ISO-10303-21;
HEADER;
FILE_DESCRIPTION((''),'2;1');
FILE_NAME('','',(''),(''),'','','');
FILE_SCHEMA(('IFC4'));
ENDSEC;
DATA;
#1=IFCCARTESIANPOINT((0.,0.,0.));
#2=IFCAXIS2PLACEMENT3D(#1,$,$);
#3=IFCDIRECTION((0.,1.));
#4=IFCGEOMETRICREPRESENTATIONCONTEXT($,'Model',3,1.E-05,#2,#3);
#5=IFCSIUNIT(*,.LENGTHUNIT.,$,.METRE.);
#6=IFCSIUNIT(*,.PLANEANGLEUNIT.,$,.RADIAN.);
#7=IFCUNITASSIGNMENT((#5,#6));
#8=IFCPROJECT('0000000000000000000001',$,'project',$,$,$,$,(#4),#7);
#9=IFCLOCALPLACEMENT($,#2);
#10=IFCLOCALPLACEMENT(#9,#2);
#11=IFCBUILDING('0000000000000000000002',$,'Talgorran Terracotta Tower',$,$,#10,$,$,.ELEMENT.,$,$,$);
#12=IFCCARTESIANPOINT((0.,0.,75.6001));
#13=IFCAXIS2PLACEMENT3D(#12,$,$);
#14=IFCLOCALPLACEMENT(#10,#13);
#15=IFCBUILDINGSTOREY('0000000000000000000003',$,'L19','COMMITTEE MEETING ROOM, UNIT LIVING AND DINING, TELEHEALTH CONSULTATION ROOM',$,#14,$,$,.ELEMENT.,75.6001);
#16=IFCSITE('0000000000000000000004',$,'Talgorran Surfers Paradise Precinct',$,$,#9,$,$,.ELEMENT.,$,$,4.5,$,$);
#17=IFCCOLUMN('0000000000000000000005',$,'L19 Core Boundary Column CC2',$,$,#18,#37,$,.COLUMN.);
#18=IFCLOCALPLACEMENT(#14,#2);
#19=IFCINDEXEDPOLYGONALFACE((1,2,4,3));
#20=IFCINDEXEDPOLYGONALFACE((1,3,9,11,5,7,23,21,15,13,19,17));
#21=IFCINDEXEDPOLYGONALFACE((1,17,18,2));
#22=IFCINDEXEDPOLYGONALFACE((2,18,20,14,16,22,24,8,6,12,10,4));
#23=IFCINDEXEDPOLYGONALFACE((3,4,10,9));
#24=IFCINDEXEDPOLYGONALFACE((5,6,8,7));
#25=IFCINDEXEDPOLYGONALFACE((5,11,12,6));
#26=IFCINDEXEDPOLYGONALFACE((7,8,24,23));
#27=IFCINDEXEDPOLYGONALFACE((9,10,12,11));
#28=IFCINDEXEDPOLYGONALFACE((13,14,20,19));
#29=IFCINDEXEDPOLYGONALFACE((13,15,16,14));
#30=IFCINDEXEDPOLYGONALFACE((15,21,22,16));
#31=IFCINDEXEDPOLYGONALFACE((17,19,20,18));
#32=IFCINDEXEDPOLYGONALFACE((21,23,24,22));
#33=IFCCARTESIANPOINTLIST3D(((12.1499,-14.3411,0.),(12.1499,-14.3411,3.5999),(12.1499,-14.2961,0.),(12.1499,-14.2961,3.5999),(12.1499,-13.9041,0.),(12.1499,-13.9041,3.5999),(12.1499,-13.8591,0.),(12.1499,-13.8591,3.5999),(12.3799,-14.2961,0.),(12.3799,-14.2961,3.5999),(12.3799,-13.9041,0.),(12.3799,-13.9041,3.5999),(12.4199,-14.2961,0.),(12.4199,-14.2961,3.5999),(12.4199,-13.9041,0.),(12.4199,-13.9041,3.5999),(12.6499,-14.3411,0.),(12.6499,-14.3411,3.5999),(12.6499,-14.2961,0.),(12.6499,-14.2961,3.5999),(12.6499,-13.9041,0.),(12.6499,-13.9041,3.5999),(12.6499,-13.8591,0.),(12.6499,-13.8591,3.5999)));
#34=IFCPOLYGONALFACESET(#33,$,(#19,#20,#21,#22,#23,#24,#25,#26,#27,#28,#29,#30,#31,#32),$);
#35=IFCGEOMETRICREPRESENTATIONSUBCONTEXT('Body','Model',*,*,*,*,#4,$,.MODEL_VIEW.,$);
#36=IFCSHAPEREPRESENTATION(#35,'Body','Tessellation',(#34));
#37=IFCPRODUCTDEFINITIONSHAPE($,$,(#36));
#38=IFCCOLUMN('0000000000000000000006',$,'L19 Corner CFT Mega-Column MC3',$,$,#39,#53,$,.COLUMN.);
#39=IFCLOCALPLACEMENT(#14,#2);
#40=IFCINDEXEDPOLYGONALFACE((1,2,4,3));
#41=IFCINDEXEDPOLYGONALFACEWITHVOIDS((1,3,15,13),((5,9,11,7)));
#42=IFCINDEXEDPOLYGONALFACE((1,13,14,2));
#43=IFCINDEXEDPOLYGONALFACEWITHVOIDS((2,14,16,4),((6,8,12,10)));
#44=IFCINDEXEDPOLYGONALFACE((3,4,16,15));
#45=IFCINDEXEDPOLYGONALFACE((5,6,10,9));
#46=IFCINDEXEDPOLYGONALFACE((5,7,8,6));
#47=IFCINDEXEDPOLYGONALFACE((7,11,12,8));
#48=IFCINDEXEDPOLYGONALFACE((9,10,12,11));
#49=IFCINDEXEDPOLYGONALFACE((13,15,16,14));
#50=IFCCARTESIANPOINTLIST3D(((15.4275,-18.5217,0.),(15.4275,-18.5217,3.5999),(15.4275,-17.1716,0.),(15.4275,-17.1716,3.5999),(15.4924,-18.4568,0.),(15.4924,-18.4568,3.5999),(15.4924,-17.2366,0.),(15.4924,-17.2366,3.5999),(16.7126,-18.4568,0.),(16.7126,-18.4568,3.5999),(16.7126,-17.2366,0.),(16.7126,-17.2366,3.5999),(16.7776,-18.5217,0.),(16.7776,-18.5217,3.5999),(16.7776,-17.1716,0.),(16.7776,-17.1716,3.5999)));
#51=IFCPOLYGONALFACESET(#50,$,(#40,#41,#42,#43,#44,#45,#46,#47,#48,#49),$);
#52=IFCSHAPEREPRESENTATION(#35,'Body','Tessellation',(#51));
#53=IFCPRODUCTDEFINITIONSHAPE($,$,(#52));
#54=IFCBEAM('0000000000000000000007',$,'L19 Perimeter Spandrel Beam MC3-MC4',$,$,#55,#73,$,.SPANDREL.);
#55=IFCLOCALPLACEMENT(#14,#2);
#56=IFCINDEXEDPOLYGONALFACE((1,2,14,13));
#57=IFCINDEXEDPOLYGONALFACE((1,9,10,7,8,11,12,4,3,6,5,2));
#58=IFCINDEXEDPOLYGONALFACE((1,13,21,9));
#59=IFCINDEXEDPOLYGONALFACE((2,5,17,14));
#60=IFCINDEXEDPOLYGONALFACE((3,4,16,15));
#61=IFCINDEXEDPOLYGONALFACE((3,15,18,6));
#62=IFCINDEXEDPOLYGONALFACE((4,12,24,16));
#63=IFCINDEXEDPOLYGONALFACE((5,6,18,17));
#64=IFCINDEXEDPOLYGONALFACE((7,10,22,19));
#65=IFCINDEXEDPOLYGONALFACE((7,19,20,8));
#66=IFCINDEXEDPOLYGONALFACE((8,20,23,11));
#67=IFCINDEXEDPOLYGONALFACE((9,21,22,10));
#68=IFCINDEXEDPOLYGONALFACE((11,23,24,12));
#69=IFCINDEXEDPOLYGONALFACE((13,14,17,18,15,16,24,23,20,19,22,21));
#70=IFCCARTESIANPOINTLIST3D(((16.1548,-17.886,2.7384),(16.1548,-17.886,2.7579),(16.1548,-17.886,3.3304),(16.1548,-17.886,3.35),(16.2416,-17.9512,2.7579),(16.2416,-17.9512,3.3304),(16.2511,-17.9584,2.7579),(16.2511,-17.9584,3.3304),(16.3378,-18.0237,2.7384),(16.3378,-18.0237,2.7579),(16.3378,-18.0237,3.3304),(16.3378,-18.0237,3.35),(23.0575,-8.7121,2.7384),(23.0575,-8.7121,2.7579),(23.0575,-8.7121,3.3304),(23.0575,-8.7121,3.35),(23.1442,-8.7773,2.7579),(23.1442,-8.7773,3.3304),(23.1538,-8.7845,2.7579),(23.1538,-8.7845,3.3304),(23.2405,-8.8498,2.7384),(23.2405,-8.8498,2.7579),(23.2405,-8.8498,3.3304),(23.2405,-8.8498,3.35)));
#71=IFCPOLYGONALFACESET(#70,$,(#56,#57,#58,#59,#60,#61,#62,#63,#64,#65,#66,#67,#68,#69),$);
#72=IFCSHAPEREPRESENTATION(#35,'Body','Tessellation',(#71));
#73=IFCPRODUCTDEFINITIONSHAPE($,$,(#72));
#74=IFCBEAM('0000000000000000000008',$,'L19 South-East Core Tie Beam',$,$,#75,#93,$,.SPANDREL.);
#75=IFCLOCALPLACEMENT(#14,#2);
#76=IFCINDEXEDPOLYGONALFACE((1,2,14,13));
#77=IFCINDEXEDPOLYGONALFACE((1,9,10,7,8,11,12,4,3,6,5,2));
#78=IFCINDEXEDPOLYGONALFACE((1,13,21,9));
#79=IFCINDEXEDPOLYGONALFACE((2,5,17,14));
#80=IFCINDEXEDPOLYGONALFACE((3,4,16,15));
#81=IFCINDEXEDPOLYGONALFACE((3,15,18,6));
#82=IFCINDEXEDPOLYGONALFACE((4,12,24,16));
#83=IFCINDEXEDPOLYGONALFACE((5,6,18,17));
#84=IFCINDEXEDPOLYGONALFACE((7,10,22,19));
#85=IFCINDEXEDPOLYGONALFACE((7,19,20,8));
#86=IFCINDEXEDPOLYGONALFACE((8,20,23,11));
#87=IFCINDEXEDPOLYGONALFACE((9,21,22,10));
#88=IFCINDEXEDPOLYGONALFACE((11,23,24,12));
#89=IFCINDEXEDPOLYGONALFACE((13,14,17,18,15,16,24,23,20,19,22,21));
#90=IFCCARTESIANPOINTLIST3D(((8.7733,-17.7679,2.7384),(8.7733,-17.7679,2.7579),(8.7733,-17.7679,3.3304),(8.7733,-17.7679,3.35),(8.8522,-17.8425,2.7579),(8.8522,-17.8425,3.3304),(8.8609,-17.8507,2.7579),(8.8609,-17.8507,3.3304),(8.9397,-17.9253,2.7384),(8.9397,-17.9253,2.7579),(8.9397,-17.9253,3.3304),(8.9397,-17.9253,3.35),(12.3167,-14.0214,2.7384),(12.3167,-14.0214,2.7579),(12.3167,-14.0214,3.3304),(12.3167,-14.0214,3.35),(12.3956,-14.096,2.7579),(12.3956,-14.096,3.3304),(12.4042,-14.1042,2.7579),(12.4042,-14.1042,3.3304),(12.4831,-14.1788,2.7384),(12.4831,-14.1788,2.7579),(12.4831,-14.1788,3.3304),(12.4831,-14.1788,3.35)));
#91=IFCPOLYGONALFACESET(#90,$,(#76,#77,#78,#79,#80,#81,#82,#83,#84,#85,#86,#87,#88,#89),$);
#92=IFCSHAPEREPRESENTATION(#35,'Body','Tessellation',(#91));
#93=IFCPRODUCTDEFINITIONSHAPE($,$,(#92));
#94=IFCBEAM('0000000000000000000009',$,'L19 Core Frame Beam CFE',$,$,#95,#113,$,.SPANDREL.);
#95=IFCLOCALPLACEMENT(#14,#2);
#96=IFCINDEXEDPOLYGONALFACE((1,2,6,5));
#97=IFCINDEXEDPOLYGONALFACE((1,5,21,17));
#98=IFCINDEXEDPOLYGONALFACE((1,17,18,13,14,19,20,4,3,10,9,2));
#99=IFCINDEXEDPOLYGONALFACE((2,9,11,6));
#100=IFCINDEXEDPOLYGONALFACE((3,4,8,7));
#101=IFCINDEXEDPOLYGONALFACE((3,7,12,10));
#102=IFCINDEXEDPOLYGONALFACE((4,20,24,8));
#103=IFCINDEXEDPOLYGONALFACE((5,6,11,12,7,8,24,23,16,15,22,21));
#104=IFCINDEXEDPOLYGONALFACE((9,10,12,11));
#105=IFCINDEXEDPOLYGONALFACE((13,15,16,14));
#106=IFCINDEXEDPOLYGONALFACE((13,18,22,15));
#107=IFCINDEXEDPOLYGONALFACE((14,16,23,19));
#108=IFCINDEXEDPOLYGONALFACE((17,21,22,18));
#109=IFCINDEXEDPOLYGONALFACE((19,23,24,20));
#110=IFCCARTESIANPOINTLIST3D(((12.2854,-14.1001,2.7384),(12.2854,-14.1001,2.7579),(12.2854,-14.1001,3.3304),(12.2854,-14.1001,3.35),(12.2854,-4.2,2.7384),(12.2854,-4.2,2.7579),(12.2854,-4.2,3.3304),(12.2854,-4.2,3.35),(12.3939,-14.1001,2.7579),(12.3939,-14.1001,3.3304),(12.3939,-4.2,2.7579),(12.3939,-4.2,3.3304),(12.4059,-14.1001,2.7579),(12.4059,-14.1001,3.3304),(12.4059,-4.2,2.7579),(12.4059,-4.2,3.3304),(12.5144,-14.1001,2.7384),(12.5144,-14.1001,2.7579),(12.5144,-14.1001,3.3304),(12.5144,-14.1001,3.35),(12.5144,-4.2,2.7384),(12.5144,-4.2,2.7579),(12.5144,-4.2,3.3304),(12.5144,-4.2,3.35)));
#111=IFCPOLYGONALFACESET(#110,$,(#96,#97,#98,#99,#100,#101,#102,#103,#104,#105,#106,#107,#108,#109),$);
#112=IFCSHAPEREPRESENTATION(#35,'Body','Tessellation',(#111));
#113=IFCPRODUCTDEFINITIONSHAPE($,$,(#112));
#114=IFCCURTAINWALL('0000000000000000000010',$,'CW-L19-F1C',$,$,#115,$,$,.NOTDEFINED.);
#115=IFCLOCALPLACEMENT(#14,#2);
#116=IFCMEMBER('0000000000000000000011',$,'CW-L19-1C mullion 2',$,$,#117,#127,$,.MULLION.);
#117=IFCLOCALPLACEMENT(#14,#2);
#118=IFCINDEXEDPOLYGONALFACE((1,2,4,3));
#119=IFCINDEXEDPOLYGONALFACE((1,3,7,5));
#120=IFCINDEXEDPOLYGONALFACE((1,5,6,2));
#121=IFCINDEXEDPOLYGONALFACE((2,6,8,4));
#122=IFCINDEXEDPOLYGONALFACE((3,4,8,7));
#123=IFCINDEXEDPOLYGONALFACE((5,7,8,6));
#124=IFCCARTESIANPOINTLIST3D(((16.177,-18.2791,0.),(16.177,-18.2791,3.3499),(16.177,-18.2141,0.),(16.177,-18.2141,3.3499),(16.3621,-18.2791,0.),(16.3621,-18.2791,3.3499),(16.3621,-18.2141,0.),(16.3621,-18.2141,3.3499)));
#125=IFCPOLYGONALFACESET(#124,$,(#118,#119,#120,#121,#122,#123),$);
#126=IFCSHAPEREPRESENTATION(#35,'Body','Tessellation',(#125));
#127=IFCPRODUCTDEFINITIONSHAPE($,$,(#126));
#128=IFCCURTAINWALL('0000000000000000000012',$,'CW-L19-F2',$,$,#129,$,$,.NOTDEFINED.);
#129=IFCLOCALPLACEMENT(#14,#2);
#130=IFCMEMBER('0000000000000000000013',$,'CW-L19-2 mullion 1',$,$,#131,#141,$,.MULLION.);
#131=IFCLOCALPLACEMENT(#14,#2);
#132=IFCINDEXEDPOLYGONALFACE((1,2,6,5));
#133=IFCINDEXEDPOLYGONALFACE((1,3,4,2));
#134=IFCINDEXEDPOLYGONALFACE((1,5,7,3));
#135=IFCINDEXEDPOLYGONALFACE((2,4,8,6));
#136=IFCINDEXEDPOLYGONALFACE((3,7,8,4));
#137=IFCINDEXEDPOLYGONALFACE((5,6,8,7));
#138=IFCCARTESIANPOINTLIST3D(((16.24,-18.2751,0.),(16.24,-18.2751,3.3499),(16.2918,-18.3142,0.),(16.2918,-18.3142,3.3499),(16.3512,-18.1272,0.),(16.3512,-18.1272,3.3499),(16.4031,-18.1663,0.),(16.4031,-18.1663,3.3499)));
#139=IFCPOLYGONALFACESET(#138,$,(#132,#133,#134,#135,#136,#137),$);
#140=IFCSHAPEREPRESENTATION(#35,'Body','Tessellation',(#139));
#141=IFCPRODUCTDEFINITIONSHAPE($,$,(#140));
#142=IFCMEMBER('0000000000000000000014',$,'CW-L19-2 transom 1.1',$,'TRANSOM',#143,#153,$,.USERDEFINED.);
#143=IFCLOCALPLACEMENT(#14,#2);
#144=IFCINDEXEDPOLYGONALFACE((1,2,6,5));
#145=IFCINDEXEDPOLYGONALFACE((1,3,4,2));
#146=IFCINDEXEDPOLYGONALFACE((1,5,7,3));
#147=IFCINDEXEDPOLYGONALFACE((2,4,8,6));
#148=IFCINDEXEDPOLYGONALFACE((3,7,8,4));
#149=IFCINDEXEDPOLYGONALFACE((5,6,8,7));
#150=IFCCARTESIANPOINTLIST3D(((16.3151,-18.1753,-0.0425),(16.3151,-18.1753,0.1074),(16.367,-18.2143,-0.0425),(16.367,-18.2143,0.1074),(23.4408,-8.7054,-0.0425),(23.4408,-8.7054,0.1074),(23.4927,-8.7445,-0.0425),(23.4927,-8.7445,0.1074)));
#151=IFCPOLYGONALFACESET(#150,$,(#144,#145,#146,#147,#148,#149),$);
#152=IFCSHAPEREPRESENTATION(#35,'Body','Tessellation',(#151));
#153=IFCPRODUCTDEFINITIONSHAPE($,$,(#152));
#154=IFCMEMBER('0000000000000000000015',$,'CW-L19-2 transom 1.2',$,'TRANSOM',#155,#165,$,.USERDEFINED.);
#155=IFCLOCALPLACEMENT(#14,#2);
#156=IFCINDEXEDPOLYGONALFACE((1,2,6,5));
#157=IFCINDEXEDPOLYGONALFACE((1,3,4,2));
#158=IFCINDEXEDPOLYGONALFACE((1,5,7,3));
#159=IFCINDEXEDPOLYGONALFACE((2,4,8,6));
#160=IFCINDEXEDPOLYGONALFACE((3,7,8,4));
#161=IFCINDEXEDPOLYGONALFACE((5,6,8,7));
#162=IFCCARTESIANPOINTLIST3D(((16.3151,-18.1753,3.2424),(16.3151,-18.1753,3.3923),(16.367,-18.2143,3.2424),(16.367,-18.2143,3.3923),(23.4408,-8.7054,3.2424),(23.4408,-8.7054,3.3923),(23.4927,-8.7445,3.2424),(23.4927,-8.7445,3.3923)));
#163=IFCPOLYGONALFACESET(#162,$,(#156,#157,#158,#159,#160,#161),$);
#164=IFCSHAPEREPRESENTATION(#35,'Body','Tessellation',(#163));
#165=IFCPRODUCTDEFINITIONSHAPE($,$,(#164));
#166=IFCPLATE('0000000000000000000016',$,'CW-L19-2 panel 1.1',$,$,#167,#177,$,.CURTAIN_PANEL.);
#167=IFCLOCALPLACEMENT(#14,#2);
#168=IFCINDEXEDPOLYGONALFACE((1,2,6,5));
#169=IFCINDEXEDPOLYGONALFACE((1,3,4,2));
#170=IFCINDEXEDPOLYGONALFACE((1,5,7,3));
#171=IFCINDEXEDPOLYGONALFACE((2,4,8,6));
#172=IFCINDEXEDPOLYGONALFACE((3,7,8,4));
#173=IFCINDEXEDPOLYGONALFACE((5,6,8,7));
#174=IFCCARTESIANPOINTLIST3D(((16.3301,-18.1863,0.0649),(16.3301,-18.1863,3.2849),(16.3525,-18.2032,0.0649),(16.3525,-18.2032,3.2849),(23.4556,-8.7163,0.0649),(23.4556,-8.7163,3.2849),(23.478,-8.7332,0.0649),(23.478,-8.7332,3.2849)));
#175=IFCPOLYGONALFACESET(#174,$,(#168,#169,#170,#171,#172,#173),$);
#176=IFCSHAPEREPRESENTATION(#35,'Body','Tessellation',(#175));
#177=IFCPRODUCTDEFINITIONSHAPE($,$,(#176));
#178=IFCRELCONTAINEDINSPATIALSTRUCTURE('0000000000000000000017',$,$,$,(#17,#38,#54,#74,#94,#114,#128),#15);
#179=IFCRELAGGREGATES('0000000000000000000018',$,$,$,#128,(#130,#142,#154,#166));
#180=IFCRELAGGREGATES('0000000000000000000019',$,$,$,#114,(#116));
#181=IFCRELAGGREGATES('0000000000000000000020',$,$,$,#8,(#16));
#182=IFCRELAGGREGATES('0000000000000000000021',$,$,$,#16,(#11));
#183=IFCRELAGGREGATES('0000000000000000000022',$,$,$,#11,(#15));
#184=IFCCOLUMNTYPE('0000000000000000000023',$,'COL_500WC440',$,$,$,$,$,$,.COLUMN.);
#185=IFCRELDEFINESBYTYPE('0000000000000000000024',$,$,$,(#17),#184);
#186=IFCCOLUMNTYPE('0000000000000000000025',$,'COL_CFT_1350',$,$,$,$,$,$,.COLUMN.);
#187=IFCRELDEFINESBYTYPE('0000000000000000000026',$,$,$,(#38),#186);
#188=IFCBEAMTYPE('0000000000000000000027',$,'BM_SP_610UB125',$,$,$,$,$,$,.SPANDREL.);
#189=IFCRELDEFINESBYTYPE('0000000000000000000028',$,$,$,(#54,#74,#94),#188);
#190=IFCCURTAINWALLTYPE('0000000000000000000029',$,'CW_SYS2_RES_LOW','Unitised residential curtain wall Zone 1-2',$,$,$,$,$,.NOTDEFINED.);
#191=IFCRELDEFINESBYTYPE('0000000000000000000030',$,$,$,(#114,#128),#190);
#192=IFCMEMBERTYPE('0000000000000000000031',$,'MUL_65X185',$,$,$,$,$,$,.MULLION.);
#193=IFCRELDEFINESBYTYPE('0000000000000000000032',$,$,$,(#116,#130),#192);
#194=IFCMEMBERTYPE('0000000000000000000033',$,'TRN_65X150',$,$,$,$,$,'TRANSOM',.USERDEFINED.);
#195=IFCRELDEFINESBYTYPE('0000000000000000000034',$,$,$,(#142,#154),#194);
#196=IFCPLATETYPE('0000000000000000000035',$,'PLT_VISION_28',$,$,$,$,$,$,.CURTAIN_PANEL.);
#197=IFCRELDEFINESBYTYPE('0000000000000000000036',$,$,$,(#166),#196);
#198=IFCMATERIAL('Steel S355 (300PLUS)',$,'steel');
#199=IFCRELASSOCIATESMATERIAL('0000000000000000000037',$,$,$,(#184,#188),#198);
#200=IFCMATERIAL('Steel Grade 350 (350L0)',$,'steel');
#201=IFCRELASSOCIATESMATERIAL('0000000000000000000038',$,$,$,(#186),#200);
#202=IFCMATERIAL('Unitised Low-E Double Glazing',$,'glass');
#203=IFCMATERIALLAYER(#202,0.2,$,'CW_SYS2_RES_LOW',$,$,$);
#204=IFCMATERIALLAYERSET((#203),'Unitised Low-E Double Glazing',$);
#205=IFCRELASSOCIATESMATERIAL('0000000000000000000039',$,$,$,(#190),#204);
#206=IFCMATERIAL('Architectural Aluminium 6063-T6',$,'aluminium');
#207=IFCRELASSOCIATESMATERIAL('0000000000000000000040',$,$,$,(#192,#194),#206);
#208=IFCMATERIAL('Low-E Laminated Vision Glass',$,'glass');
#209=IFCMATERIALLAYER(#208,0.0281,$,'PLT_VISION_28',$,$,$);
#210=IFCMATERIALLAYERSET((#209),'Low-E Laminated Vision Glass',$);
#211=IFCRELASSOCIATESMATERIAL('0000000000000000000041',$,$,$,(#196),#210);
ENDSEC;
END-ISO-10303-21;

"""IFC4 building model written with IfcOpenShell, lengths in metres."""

from ifc_helpers import new_model, si_unit, direction, frame, origin, origin_2d, place, context, subcontext, project, spatial, rectangle, hollow_rectangle, i_section, extrude, source, transform, mapped, material, layer, layer_set, material_profile, profile_set, type_object, element, aggregate, save


model = new_model("IFC4")

# Units and contexts
model_context = context("Model", 3, precision=1e-05, world=origin(), true_north=direction((0.0, 1.0)))
body_context = subcontext(model_context, "Body", "Model", "MODEL_VIEW")
ifc_project = project(units=[si_unit("LENGTHUNIT", "METRE"), si_unit("PLANEANGLEUNIT", "RADIAN")], contexts=[model_context])

# Site, building, storey
site_placement = place(None, origin())
site = spatial("IfcSite", under=ifc_project, at=site_placement, Name="Talgorran Surfers Paradise Precinct", CompositionType="ELEMENT", RefElevation=4.5)
building_placement = place(site_placement, origin())
building = spatial("IfcBuilding", under=site, at=building_placement, Name="Talgorran Terracotta Tower", CompositionType="ELEMENT")
storey_placement = place(building_placement, frame((0.0, 0.0, 75.6001)))
storey = spatial("IfcBuildingStorey", under=building, at=storey_placement, Name="L19", Description="COMMITTEE MEETING ROOM, UNIT LIVING AND DINING, TELEHEALTH CONSULTATION ROOM", CompositionType="ELEMENT", Elevation=75.6001)

# Columns
ifc_material_1 = material(Name="Steel S355 (300PLUS)", Category="steel")
ifc_material_profile_1 = material_profile(ifc_material_1, i_section(OverallWidth=0.5, OverallDepth=0.4819, WebThickness=0.04, FlangeThickness=0.0449, at=origin_2d()), Name="500WC440")
ifc_profile_set_1 = profile_set([ifc_material_profile_1], Name="Steel S355 (300PLUS)")
column_type_1 = type_object("IfcColumnType", Name="COL_500WC440", PredefinedType="COLUMN", material=ifc_profile_set_1)
column_1_placement = place(storey_placement, frame((12.3999, -14.1001, 0.0), z_axis=(0.0, 0.0, 1.0), x_axis=(1.0, 0.0, 0.0)))
element("IfcColumn", 1, at=column_1_placement, inside=storey, type_object=column_type_1, Name="L19 Core Boundary Column CC2", PredefinedType="COLUMN", context=body_context, shape_type="SweptSolid", body=[
    extrude(i_section(OverallWidth=0.5, OverallDepth=0.4819, WebThickness=0.04, FlangeThickness=0.0449, at=origin_2d()), origin(), (0.0, 0.0, 1.0), 3.5999),
])
ifc_material_2 = material(Name="Steel Grade 350 (350L0)", Category="steel")
ifc_material_profile_2 = material_profile(ifc_material_2, hollow_rectangle(XDim=1.3501, YDim=1.3501, WallThickness=0.0649, at=origin_2d()), Name="CFT1350X1350X65")
ifc_profile_set_2 = profile_set([ifc_material_profile_2], Name="Steel Grade 350 (350L0)")
column_type_2 = type_object("IfcColumnType", Name="COL_CFT_1350", PredefinedType="COLUMN", material=ifc_profile_set_2)
column_2_placement = place(storey_placement, frame((16.1025, -17.8467, 0.0), z_axis=(0.0, 0.0, 1.0), x_axis=(1.0, 0.0, 0.0)))
element("IfcColumn", 2, at=column_2_placement, inside=storey, type_object=column_type_2, Name="L19 Corner CFT Mega-Column MC3", PredefinedType="COLUMN", context=body_context, shape_type="SweptSolid", body=[
    extrude(hollow_rectangle(XDim=1.3501, YDim=1.3501, WallThickness=0.0649, at=origin_2d()), origin(), (0.0, 0.0, 1.0), 3.5999),
])

# Beams
ifc_material_profile_3 = material_profile(ifc_material_1, i_section(OverallWidth=0.229, OverallDepth=0.6116, WebThickness=0.012, FlangeThickness=0.0195, at=origin_2d()), Name="610UB125")
ifc_profile_set_3 = profile_set([ifc_material_profile_3], Name="Steel S355 (300PLUS)")
beam_type = type_object("IfcBeamType", Name="BM_SP_610UB125", PredefinedType="SPANDREL", material=ifc_profile_set_3)
beam_1_placement = place(storey_placement, frame((16.2463, -17.9548, 3.0442), z_axis=(0.601238, 0.79907, 0.0), x_axis=(-0.79907, 0.601238, 0.0)))
element("IfcBeam", 3, at=beam_1_placement, inside=storey, type_object=beam_type, Name="L19 Perimeter Spandrel Beam MC3-MC4", PredefinedType="SPANDREL", context=body_context, shape_type="SweptSolid", body=[
    extrude(i_section(OverallWidth=0.229, OverallDepth=0.6116, WebThickness=0.012, FlangeThickness=0.0195, at=origin_2d()), origin(), (0.0, 0.0, 1.0), 11.4807),
])
beam_2_placement = place(storey_placement, frame((12.3999, -14.1001, 3.0442), z_axis=(-0.687138, -0.726527, 0.0), x_axis=(0.726527, -0.687138, 0.0)))
element("IfcBeam", 4, at=beam_2_placement, inside=storey, type_object=beam_type, Name="L19 South-East Core Tie Beam", PredefinedType="SPANDREL", context=body_context, shape_type="SweptSolid", body=[
    extrude(i_section(OverallWidth=0.229, OverallDepth=0.6116, WebThickness=0.012, FlangeThickness=0.0195, at=origin_2d()), origin(), (0.0, 0.0, 1.0), 5.1567),
])
beam_3_placement = place(storey_placement, frame((12.3999, -14.1001, 3.0442), z_axis=(0.0, 1.0, 0.0), x_axis=(-1.0, 0.0, 0.0)))
element("IfcBeam", 5, at=beam_3_placement, inside=storey, type_object=beam_type, Name="L19 Core Frame Beam CFE", PredefinedType="SPANDREL", context=body_context, shape_type="SweptSolid", body=[
    extrude(i_section(OverallWidth=0.229, OverallDepth=0.6116, WebThickness=0.012, FlangeThickness=0.0195, at=origin_2d()), origin(), (0.0, 0.0, 1.0), 9.9001),
])

# Curtain wall, member
ifc_material_3 = material(Name="Unitised Low-E Double Glazing", Category="glass")
ifc_layer_1 = layer(ifc_material_3, 0.2, Name="CW_SYS2_RES_LOW")
ifc_layer_set_1 = layer_set([ifc_layer_1], Name="Unitised Low-E Double Glazing")
curtain_wall_type = type_object("IfcCurtainWallType", Name="CW_SYS2_RES_LOW", Description="Unitised residential curtain wall Zone 1-2", PredefinedType="NOTDEFINED", material=ifc_layer_set_1)
curtain_wall_1_placement = place(storey_placement, origin())
curtain_wall_1 = element("IfcCurtainWall", 6, at=curtain_wall_1_placement, inside=storey, type_object=curtain_wall_type, Name="CW-L19-F1C", PredefinedType="NOTDEFINED")
ifc_material_4 = material(Name="Architectural Aluminium 6063-T6", Category="aluminium")
ifc_material_profile_4 = material_profile(ifc_material_4, rectangle(XDim=0.0649, YDim=0.1851, at=origin_2d()), Name="CWM65X185")
ifc_profile_set_4 = profile_set([ifc_material_profile_4], Name="Architectural Aluminium 6063-T6")
member_type_1 = type_object("IfcMemberType", Name="MUL_65X185", PredefinedType="MULLION", material=ifc_profile_set_4)
member_1_placement = place(storey_placement, frame((16.2695, -18.2466, 0.0), z_axis=(0.0, 0.0, 1.0), x_axis=(0.0, 1.0, 0.0)))
member_1 = element("IfcMember", 7, at=member_1_placement, type_object=member_type_1, Name="CW-L19-1C mullion 2", PredefinedType="MULLION", context=body_context, shape_type="SweptSolid", body=[
    extrude(rectangle(XDim=0.0649, YDim=0.1851, at=origin_2d()), origin(), (0.0, 0.0, 1.0), 3.3499),
])

# Curtain wall, members, plate
curtain_wall_2_placement = place(storey_placement, origin())
curtain_wall_2 = element("IfcCurtainWall", 8, at=curtain_wall_2_placement, inside=storey, type_object=curtain_wall_type, Name="CW-L19-F2", PredefinedType="NOTDEFINED")
member_2_placement = place(storey_placement, frame((16.3215, -18.2207, 0.0), z_axis=(0.0, 0.0, 1.0), x_axis=(-0.799067, 0.601243, 0.0)))
member_2 = element("IfcMember", 9, at=member_2_placement, type_object=member_type_1, Name="CW-L19-2 mullion 1", PredefinedType="MULLION", context=body_context, shape_type="SweptSolid", body=[
    extrude(rectangle(XDim=0.0649, YDim=0.1851, at=origin_2d()), origin(), (0.0, 0.0, 1.0), 3.3499),
])
ifc_material_profile_5 = material_profile(ifc_material_4, rectangle(XDim=0.0649, YDim=0.1499, at=origin_2d()), Name="CWT65X150")
ifc_profile_set_5 = profile_set([ifc_material_profile_5], Name="Architectural Aluminium 6063-T6")
member_type_2 = type_object("IfcMemberType", Name="TRN_65X150", ElementType="TRANSOM", PredefinedType="USERDEFINED", material=ifc_profile_set_5)
member_3_placement = place(storey_placement, frame((16.3411, -18.1948, 0.0325), z_axis=(0.601255, 0.799057, 0.0), x_axis=(-0.799057, 0.601255, 0.0)))
member_3 = element("IfcMember", 10, at=member_3_placement, type_object=member_type_2, Name="CW-L19-2 transom 1.1", ObjectType="TRANSOM", PredefinedType="USERDEFINED", context=body_context, shape_type="SweptSolid", body=[
    extrude(rectangle(XDim=0.0649, YDim=0.1499, at=origin_2d()), origin(), (0.0, 0.0, 1.0), 11.8513),
])
member_4_placement = place(storey_placement, frame((16.3411, -18.1948, 3.3174), z_axis=(0.601255, 0.799057, 0.0), x_axis=(-0.799057, 0.601255, 0.0)))
member_4 = element("IfcMember", 11, at=member_4_placement, type_object=member_type_2, Name="CW-L19-2 transom 1.2", ObjectType="TRANSOM", PredefinedType="USERDEFINED", context=body_context, shape_type="SweptSolid", body=[
    extrude(rectangle(XDim=0.0649, YDim=0.1499, at=origin_2d()), origin(), (0.0, 0.0, 1.0), 11.8513),
])
ifc_material_5 = material(Name="Low-E Laminated Vision Glass", Category="glass")
ifc_layer_2 = layer(ifc_material_5, 0.0281, Name="PLT_VISION_28")
ifc_layer_set_2 = layer_set([ifc_layer_2], Name="Low-E Laminated Vision Glass")
plate_type = type_object("IfcPlateType", Name="PLT_VISION_28", PredefinedType="CURTAIN_PANEL", material=ifc_layer_set_2)
shared_shape_1 = source(origin(), body_context, "Body", "SweptSolid", [
    extrude(rectangle(XDim=11.8513, YDim=0.0281, at=origin_2d()), origin(), (0.0, 0.0, 1.0), 3.22),
])
plate_1_placement = place(storey_placement, frame((19.9041, -13.4597, 0.0649), z_axis=(0.0, 0.0, 1.0), x_axis=(0.601243, 0.799067, 0.0)))
plate_1 = element("IfcPlate", 12, at=plate_1_placement, type_object=plate_type, Name="CW-L19-2 panel 1.1", PredefinedType="CURTAIN_PANEL", context=body_context, shape_type="MappedRepresentation", body=[
    mapped(shared_shape_1, transform((0.0, 0.0, 0.0), scale=1.0)),
])
aggregate(curtain_wall_2, [member_2, member_3, member_4, plate_1])

aggregate(curtain_wall_1, [member_1])

save(model, "model.ifc")
